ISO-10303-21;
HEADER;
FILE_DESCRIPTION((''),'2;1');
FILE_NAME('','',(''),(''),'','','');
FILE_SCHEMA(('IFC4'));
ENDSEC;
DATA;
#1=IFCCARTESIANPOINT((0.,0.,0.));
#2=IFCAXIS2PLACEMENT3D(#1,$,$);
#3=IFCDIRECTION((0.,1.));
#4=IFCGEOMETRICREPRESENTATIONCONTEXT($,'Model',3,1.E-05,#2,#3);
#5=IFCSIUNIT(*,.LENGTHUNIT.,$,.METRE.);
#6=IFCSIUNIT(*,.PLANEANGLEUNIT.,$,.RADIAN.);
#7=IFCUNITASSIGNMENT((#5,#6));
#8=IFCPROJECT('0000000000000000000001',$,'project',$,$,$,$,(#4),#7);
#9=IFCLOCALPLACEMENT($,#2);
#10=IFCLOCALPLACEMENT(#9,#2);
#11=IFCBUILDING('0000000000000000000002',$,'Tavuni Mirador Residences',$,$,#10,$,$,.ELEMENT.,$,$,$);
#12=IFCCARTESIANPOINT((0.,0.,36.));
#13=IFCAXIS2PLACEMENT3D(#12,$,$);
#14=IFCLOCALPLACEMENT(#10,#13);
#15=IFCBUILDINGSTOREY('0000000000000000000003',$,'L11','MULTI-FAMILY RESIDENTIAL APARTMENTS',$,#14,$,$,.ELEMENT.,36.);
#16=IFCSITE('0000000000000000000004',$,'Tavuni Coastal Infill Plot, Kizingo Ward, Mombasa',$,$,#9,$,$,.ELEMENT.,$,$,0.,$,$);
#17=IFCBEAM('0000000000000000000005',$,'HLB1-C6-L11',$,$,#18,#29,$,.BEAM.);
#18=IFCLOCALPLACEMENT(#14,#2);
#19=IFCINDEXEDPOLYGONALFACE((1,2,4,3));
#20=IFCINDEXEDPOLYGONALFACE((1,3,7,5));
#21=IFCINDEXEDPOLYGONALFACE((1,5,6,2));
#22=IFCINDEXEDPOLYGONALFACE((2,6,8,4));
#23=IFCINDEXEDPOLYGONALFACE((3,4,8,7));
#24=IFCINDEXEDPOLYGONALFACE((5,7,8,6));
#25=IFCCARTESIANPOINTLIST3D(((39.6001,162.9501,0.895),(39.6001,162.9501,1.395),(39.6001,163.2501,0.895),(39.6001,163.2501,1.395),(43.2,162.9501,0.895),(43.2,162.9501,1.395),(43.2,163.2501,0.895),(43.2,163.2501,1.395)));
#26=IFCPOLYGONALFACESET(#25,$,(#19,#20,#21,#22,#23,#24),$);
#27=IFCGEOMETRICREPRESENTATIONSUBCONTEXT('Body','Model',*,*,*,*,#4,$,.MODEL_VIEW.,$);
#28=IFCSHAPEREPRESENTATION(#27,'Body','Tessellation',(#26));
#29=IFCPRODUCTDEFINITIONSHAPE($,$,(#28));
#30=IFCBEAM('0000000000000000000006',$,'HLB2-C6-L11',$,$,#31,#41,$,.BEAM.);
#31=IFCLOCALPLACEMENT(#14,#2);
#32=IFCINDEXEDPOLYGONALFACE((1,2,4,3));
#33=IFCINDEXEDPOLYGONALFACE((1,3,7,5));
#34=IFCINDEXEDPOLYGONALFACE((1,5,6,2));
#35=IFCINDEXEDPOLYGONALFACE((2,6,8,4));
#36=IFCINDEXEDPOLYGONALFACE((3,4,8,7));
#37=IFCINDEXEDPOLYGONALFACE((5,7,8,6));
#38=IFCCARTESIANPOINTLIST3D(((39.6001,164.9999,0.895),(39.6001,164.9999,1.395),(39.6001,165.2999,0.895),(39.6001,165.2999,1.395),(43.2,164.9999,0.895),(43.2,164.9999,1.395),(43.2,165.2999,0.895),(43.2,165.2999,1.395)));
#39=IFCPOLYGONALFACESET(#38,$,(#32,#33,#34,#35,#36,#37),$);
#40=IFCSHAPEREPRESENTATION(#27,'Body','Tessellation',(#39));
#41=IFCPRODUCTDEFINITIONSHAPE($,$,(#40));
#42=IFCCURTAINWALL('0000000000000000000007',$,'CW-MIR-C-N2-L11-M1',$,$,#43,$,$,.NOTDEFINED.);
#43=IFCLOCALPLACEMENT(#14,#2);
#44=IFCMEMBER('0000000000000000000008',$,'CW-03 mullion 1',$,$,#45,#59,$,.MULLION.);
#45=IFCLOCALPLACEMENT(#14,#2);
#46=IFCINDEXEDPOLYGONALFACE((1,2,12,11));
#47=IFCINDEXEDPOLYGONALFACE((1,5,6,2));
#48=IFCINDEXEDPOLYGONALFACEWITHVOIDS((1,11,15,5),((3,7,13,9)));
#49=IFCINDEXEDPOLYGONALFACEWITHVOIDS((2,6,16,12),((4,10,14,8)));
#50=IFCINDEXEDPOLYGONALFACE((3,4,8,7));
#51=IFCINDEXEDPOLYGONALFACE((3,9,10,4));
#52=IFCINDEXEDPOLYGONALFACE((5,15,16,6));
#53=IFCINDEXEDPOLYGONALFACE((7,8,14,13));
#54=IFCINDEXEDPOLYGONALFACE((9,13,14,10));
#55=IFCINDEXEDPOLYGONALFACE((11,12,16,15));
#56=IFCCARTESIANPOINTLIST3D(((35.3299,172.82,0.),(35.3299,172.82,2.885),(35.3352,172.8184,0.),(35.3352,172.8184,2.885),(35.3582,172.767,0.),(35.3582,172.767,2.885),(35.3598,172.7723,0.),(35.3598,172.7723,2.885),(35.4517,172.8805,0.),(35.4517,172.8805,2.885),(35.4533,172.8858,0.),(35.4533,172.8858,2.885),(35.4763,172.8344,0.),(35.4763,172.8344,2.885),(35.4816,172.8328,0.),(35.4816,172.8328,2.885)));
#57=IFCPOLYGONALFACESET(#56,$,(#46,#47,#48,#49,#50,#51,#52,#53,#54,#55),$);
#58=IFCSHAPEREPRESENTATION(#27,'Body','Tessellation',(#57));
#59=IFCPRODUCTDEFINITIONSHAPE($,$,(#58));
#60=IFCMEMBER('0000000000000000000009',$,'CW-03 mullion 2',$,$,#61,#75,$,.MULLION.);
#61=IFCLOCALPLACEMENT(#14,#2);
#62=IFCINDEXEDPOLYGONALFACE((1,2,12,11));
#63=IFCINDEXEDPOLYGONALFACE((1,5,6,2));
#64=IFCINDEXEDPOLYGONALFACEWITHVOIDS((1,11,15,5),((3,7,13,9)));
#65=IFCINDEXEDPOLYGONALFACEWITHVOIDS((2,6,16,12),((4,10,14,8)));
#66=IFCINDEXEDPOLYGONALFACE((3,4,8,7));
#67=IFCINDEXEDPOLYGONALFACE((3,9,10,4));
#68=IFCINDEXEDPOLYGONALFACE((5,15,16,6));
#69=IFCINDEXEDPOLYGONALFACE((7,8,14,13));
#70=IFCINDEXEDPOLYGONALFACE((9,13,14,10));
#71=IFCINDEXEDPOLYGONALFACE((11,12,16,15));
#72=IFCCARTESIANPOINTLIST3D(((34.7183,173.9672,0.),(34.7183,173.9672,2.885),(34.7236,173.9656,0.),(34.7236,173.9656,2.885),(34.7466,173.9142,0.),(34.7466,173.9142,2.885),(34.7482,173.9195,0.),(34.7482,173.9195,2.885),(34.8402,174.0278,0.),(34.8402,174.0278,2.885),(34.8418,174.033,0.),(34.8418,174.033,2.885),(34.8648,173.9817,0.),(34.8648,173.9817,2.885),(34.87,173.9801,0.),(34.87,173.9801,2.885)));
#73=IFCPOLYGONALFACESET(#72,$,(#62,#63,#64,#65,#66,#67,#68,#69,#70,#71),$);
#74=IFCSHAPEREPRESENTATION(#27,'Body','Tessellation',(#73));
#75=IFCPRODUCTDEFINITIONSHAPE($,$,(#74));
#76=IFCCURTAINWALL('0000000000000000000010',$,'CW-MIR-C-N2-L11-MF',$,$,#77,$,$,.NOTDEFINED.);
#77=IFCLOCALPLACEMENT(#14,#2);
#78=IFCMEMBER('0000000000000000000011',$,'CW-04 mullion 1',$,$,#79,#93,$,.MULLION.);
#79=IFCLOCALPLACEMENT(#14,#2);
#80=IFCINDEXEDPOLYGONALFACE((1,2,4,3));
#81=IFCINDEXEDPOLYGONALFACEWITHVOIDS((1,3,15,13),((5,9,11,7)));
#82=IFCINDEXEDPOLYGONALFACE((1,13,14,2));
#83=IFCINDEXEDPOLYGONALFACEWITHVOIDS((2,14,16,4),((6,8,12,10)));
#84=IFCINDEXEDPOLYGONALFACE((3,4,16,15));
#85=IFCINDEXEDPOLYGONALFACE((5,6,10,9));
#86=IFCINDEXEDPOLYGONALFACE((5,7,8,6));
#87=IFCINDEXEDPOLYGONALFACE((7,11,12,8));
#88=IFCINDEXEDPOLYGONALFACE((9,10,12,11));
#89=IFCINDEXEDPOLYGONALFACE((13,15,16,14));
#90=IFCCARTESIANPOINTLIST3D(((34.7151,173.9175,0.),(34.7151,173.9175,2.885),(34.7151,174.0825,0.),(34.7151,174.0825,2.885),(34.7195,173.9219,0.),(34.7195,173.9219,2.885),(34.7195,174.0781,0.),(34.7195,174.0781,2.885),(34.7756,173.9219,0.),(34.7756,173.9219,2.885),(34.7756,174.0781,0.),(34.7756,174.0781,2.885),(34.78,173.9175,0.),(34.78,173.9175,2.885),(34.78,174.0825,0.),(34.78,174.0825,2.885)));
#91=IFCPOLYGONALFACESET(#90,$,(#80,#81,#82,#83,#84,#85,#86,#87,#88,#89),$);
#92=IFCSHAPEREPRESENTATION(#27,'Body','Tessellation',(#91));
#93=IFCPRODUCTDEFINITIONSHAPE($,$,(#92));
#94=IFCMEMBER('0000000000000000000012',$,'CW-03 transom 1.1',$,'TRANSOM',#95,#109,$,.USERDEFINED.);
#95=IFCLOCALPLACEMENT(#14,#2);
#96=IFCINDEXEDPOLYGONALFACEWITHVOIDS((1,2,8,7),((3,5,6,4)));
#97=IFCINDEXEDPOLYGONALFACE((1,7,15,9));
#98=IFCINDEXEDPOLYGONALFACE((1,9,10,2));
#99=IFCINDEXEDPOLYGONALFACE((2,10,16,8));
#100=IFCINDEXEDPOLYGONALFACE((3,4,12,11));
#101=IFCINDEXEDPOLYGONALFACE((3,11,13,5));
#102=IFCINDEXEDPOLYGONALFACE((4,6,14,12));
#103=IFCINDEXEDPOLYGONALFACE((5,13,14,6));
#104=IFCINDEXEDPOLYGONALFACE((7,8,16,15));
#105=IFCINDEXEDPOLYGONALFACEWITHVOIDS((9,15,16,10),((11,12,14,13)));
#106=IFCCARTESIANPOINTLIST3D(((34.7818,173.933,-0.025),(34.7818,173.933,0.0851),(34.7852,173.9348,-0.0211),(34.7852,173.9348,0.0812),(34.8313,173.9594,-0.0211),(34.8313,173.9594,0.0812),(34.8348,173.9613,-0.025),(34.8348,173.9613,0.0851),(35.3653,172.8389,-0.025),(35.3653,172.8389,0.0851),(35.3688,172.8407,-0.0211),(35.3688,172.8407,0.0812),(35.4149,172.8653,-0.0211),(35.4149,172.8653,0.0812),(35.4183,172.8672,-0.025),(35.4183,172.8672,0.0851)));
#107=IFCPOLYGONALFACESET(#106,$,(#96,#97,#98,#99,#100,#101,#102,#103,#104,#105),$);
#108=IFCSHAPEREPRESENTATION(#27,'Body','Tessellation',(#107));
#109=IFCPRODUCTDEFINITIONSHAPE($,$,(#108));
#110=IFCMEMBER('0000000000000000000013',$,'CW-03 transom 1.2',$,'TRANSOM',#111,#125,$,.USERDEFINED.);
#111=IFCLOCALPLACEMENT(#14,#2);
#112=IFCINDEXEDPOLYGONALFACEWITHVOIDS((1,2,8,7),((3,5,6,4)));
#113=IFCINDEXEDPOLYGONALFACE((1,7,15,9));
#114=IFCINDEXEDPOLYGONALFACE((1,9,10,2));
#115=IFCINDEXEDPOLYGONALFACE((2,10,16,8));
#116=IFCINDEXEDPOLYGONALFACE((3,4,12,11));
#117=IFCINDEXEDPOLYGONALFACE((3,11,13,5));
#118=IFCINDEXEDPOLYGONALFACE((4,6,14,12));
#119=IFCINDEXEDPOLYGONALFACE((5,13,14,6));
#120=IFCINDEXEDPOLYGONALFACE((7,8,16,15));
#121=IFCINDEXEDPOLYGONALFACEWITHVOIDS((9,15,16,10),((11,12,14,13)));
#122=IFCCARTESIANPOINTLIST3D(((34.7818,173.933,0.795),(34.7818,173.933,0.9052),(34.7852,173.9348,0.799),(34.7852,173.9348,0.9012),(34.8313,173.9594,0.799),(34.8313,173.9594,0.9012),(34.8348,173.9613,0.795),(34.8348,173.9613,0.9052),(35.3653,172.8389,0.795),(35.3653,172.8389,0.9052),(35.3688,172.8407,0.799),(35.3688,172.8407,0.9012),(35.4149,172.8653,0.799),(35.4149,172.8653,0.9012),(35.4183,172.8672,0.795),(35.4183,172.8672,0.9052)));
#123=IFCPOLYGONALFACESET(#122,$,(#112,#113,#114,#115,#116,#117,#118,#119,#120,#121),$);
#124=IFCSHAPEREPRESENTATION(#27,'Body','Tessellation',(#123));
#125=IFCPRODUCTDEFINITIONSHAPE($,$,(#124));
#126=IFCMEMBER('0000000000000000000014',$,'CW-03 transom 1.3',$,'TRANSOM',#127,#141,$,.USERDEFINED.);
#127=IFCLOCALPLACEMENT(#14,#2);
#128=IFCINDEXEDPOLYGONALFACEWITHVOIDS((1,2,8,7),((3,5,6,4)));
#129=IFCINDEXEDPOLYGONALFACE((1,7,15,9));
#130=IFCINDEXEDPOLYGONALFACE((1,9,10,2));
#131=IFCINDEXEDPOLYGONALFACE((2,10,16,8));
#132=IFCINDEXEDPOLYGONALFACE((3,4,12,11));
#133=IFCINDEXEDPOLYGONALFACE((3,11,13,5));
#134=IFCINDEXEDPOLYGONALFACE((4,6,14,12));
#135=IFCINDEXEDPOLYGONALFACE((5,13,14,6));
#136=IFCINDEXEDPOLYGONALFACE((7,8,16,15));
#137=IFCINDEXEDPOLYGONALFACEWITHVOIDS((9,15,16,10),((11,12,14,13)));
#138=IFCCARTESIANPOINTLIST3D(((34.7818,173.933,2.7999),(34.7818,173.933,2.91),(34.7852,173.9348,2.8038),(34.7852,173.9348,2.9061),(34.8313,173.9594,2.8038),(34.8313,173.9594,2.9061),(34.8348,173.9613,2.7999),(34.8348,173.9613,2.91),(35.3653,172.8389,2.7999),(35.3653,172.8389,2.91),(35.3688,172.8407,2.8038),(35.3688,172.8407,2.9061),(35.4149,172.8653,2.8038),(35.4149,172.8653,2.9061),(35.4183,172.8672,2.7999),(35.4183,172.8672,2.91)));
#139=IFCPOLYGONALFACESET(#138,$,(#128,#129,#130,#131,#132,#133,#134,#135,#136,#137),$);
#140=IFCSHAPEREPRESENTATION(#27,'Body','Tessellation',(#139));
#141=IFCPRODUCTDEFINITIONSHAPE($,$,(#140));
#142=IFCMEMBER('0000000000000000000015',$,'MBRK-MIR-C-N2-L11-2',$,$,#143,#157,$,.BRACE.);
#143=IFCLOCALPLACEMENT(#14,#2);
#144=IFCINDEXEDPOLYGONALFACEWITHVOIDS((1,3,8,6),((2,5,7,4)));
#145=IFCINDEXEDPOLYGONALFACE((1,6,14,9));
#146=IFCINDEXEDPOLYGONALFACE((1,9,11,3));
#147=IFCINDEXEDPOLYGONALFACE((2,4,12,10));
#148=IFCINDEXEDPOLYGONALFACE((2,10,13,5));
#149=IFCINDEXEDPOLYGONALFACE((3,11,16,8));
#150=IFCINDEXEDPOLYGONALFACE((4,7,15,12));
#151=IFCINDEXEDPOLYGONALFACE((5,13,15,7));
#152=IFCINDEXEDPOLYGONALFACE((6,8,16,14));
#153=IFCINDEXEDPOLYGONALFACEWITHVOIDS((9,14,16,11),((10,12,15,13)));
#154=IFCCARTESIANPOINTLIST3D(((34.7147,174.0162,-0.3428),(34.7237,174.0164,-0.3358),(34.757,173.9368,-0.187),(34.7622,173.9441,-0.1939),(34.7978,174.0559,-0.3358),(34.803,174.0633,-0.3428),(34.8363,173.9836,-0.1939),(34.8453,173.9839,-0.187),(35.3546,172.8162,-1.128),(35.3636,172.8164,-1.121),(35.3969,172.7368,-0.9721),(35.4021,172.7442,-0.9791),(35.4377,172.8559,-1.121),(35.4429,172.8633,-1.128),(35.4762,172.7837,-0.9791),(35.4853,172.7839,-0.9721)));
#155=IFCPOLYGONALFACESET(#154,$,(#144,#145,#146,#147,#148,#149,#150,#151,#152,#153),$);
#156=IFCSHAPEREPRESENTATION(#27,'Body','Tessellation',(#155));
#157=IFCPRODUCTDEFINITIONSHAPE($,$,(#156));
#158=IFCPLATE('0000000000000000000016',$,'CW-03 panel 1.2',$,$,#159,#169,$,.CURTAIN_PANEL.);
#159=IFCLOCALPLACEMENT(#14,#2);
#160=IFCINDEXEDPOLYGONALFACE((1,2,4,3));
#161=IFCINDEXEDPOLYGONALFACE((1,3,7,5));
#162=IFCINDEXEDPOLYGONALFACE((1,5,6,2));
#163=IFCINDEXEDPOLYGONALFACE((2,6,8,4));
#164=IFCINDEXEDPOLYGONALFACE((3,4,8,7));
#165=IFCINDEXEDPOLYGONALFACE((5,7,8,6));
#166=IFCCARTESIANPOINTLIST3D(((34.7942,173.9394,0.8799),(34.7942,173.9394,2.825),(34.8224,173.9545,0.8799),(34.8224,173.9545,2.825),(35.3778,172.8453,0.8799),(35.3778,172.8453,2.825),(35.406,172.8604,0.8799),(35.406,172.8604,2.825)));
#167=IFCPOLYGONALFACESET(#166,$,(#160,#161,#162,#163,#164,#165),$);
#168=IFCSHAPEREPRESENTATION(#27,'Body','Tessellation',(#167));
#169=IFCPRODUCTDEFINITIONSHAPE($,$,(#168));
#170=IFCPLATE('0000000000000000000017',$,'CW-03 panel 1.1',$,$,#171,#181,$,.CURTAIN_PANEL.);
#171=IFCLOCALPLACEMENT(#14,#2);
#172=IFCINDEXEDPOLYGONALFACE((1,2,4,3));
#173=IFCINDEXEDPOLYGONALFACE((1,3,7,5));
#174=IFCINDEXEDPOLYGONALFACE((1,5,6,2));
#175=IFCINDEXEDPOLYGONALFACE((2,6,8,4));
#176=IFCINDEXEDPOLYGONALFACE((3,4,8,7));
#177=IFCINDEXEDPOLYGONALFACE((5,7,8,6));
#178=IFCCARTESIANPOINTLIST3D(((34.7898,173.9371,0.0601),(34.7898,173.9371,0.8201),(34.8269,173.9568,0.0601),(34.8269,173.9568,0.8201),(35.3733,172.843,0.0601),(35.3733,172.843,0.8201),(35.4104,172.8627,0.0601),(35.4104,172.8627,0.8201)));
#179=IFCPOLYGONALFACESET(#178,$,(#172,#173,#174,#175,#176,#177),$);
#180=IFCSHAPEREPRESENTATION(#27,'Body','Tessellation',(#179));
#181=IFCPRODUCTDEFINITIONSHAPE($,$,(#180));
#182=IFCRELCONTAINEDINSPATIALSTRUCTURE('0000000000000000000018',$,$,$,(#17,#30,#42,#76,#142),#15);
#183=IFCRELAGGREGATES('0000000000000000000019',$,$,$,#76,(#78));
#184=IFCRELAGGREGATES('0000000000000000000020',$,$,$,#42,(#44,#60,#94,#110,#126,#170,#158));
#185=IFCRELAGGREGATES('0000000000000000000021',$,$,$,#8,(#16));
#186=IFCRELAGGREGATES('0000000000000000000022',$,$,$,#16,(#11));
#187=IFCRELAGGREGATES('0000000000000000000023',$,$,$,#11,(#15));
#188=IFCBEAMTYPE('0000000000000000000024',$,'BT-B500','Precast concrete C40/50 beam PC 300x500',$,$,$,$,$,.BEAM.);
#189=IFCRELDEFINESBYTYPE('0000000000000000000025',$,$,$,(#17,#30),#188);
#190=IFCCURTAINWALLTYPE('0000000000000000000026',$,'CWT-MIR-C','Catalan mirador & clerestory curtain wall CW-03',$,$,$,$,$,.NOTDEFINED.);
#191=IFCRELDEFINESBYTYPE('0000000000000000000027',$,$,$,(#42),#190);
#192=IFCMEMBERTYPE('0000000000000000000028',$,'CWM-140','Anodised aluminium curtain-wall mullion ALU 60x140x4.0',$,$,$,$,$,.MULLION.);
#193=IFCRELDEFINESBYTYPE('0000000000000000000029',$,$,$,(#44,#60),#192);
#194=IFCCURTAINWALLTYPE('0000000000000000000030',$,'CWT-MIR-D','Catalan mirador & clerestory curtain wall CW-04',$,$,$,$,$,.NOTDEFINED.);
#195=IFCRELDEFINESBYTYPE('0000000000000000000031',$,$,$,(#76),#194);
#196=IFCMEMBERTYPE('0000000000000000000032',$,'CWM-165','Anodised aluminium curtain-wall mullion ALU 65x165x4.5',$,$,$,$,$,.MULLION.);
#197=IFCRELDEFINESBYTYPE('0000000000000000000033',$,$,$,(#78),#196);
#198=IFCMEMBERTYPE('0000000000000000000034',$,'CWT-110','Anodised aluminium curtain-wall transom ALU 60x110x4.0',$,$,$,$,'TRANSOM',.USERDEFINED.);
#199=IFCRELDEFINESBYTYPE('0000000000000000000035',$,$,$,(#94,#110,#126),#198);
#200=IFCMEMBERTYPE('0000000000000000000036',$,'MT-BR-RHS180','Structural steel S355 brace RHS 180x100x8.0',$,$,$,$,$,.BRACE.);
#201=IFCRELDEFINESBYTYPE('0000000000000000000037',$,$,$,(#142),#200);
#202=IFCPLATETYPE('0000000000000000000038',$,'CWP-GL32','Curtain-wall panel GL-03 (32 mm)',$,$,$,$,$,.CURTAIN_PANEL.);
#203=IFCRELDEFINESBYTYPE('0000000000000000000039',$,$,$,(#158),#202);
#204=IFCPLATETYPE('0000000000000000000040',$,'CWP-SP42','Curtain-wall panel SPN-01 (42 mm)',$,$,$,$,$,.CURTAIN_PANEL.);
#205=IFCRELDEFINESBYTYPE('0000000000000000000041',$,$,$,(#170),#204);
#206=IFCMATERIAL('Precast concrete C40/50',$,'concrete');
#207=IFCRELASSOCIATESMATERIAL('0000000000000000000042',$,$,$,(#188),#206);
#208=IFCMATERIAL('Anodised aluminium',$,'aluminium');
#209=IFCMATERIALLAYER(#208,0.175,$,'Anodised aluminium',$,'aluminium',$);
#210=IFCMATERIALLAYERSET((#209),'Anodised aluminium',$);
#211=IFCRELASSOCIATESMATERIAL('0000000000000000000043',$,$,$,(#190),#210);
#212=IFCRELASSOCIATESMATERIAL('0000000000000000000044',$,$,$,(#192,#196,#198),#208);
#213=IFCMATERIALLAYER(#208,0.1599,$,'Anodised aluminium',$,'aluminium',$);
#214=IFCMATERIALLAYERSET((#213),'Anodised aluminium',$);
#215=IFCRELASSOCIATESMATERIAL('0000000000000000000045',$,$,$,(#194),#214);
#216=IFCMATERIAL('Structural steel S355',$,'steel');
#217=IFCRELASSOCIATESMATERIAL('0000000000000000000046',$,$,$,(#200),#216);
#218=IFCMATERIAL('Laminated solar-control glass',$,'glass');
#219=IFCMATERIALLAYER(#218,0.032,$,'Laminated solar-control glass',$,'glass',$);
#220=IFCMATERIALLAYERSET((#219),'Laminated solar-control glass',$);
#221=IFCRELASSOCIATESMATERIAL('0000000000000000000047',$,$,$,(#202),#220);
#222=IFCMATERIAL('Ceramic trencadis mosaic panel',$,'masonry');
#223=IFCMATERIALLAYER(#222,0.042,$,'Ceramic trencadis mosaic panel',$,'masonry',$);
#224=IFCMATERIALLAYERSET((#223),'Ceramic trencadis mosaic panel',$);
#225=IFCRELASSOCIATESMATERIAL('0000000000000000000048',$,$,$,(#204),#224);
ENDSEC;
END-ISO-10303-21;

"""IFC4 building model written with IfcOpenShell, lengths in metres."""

from ifc_helpers import new_model, si_unit, direction, frame, origin, origin_2d, place, context, subcontext, project, spatial, rectangle, hollow_rectangle, extrude, material, layer, layer_set, material_profile, profile_set, type_object, element, aggregate, save


model = new_model("IFC4")

# Units and contexts
model_context = context("Model", 3, precision=1e-05, world=origin(), true_north=direction((0.0, 1.0)))
body_context = subcontext(model_context, "Body", "Model", "MODEL_VIEW")
ifc_project = project(units=[si_unit("LENGTHUNIT", "METRE"), si_unit("PLANEANGLEUNIT", "RADIAN")], contexts=[model_context])

# Site, building, storey
site_placement = place(None, origin())
site = spatial("IfcSite", under=ifc_project, at=site_placement, Name="Tavuni Coastal Infill Plot, Kizingo Ward, Mombasa", CompositionType="ELEMENT", RefElevation=0.0)
building_placement = place(site_placement, origin())
building = spatial("IfcBuilding", under=site, at=building_placement, Name="Tavuni Mirador Residences", CompositionType="ELEMENT")
storey_placement = place(building_placement, frame((0.0, 0.0, 36.0)))
storey = spatial("IfcBuildingStorey", under=building, at=storey_placement, Name="L11", Description="MULTI-FAMILY RESIDENTIAL APARTMENTS", CompositionType="ELEMENT", Elevation=36.0)

# Beams
ifc_material_1 = material(Name="Precast concrete C40/50", Category="concrete")
ifc_material_profile_1 = material_profile(ifc_material_1, rectangle(XDim=0.3, YDim=0.5, at=origin_2d()), Name="PC 300x500", Category="concrete")
ifc_profile_set_1 = profile_set([ifc_material_profile_1], Name="Precast concrete C40/50")
beam_type = type_object("IfcBeamType", Name="BT-B500", Description="Precast concrete C40/50 beam PC 300x500", PredefinedType="BEAM", material=ifc_profile_set_1)
for number, where, z_axis, x_axis, name in (
    (1, (39.6001, 163.1001, 1.145), (1.0, 0.0, 0.0), (0.0, 1.0, 0.0), "HLB1-C6-L11"),
    (2, (39.6001, 165.1499, 1.145), (1.0, 0.0, 0.0), (0.0, 1.0, 0.0), "HLB2-C6-L11"),
):
    element("IfcBeam", number, at=place(storey_placement, frame(where, z_axis=z_axis, x_axis=x_axis)), inside=storey, type_object=beam_type, Name=name, PredefinedType="BEAM", context=body_context, shape_type="SweptSolid", body=[
        extrude(rectangle(XDim=0.3, YDim=0.5, at=origin_2d()), origin(), (0.0, 0.0, 1.0), 3.5999),
    ])

# Curtain wall, members
ifc_material_2 = material(Name="Anodised aluminium", Category="aluminium")
ifc_layer_1 = layer(ifc_material_2, 0.175, Name="Anodised aluminium", Category="aluminium")
ifc_layer_set_1 = layer_set([ifc_layer_1], Name="Anodised aluminium")
curtain_wall_type_1 = type_object("IfcCurtainWallType", Name="CWT-MIR-C", Description="Catalan mirador & clerestory curtain wall CW-03", PredefinedType="NOTDEFINED", material=ifc_layer_set_1)
curtain_wall_1_placement = place(storey_placement, origin())
curtain_wall_1 = element("IfcCurtainWall", 3, at=curtain_wall_1_placement, inside=storey, type_object=curtain_wall_type_1, Name="CW-MIR-C-N2-L11-M1", PredefinedType="NOTDEFINED")
ifc_material_profile_2 = material_profile(ifc_material_2, hollow_rectangle(XDim=0.0601, YDim=0.1399, WallThickness=0.0039, at=origin_2d()), Name="ALU 60x140x4.0", Category="aluminium")
ifc_profile_set_2 = profile_set([ifc_material_profile_2], Name="Anodised aluminium")
member_type_1 = type_object("IfcMemberType", Name="CWM-140", Description="Anodised aluminium curtain-wall mullion ALU 60x140x4.0", PredefinedType="MULLION", material=ifc_profile_set_2)
member_1_placement = place(storey_placement, frame((35.4058, 172.8264, 0.0), z_axis=(0.0, 0.0, 1.0), x_axis=(-0.470588, 0.882353, 0.0)))
member_1 = element("IfcMember", 4, at=member_1_placement, type_object=member_type_1, Name="CW-03 mullion 1", PredefinedType="MULLION", context=body_context, shape_type="SweptSolid", body=[
    extrude(hollow_rectangle(XDim=0.0601, YDim=0.1399, WallThickness=0.0039, at=origin_2d()), origin(), (0.0, 0.0, 1.0), 2.885),
])
member_2_placement = place(storey_placement, frame((34.7942, 173.9736, 0.0), z_axis=(0.0, 0.0, 1.0), x_axis=(-0.470588, 0.882353, 0.0)))
member_2 = element("IfcMember", 5, at=member_2_placement, type_object=member_type_1, Name="CW-03 mullion 2", PredefinedType="MULLION", context=body_context, shape_type="SweptSolid", body=[
    extrude(hollow_rectangle(XDim=0.0601, YDim=0.1399, WallThickness=0.0039, at=origin_2d()), origin(), (0.0, 0.0, 1.0), 2.885),
])

# Curtain wall, member
ifc_layer_2 = layer(ifc_material_2, 0.1599, Name="Anodised aluminium", Category="aluminium")
ifc_layer_set_2 = layer_set([ifc_layer_2], Name="Anodised aluminium")
curtain_wall_type_2 = type_object("IfcCurtainWallType", Name="CWT-MIR-D", Description="Catalan mirador & clerestory curtain wall CW-04", PredefinedType="NOTDEFINED", material=ifc_layer_set_2)
curtain_wall_2_placement = place(storey_placement, origin())
curtain_wall_2 = element("IfcCurtainWall", 6, at=curtain_wall_2_placement, inside=storey, type_object=curtain_wall_type_2, Name="CW-MIR-C-N2-L11-MF", PredefinedType="NOTDEFINED")
ifc_material_profile_3 = material_profile(ifc_material_2, hollow_rectangle(XDim=0.0649, YDim=0.165, WallThickness=0.0044, at=origin_2d()), Name="ALU 65x165x4.5", Category="aluminium")
ifc_profile_set_3 = profile_set([ifc_material_profile_3], Name="Anodised aluminium")
member_type_2 = type_object("IfcMemberType", Name="CWM-165", Description="Anodised aluminium curtain-wall mullion ALU 65x165x4.5", PredefinedType="MULLION", material=ifc_profile_set_3)
member_3_placement = place(storey_placement, frame((34.7476, 174.0, 0.0), z_axis=(0.0, 0.0, 1.0), x_axis=(-1.0, 0.0, 0.0)))
member_3 = element("IfcMember", 7, at=member_3_placement, type_object=member_type_2, Name="CW-04 mullion 1", PredefinedType="MULLION", context=body_context, shape_type="SweptSolid", body=[
    extrude(hollow_rectangle(XDim=0.0649, YDim=0.165, WallThickness=0.0044, at=origin_2d()), origin(), (0.0, 0.0, 1.0), 2.885),
])
aggregate(curtain_wall_2, [member_3])

# Members
ifc_material_profile_4 = material_profile(ifc_material_2, hollow_rectangle(XDim=0.0601, YDim=0.1101, WallThickness=0.0039, at=origin_2d()), Name="ALU 60x110x4.0", Category="aluminium")
ifc_profile_set_4 = profile_set([ifc_material_profile_4], Name="Anodised aluminium")
member_type_3 = type_object("IfcMemberType", Name="CWT-110", Description="Anodised aluminium curtain-wall transom ALU 60x110x4.0", ElementType="TRANSOM", PredefinedType="USERDEFINED", material=ifc_profile_set_4)
member_4_placement = place(storey_placement, frame((35.3918, 172.853, 0.03), z_axis=(-0.470609, 0.882342, 0.0), x_axis=(-0.882342, -0.470609, 0.0)))
member_4 = element("IfcMember", 8, at=member_4_placement, type_object=member_type_3, Name="CW-03 transom 1.1", ObjectType="TRANSOM", PredefinedType="USERDEFINED", context=body_context, shape_type="SweptSolid", body=[
    extrude(hollow_rectangle(XDim=0.0601, YDim=0.1101, WallThickness=0.0039, at=origin_2d()), origin(), (0.0, 0.0, 1.0), 1.24),
])
member_5_placement = place(storey_placement, frame((35.3918, 172.853, 0.8501), z_axis=(-0.470609, 0.882342, 0.0), x_axis=(-0.882342, -0.470609, 0.0)))
member_5 = element("IfcMember", 9, at=member_5_placement, type_object=member_type_3, Name="CW-03 transom 1.2", ObjectType="TRANSOM", PredefinedType="USERDEFINED", context=body_context, shape_type="SweptSolid", body=[
    extrude(hollow_rectangle(XDim=0.0601, YDim=0.1101, WallThickness=0.0039, at=origin_2d()), origin(), (0.0, 0.0, 1.0), 1.24),
])
member_6_placement = place(storey_placement, frame((35.3918, 172.853, 2.855), z_axis=(-0.470609, 0.882342, 0.0), x_axis=(-0.882342, -0.470609, 0.0)))
member_6 = element("IfcMember", 10, at=member_6_placement, type_object=member_type_3, Name="CW-03 transom 1.3", ObjectType="TRANSOM", PredefinedType="USERDEFINED", context=body_context, shape_type="SweptSolid", body=[
    extrude(hollow_rectangle(XDim=0.0601, YDim=0.1101, WallThickness=0.0039, at=origin_2d()), origin(), (0.0, 0.0, 1.0), 1.24),
])
ifc_material_3 = material(Name="Structural steel S355", Category="steel")
ifc_material_profile_5 = material_profile(ifc_material_3, hollow_rectangle(XDim=0.1001, YDim=0.1799, WallThickness=0.0081, at=origin_2d()), Name="RHS 180x100x8.0", Category="steel")
ifc_profile_set_5 = profile_set([ifc_material_profile_5], Name="Structural steel S355")
member_type_4 = type_object("IfcMemberType", Name="MT-BR-RHS180", Description="Structural steel S355 brace RHS 180x100x8.0", PredefinedType="BRACE", material=ifc_profile_set_5)
member_7_placement = place(storey_placement, frame((35.4199, 172.8, -1.05), z_axis=(-0.407499, 0.764158, 0.500007), x_axis=(-0.882378, -0.470542, 0.0)))
element("IfcMember", 11, at=member_7_placement, inside=storey, type_object=member_type_4, Name="MBRK-MIR-C-N2-L11-2", PredefinedType="BRACE", context=body_context, shape_type="SweptSolid", body=[
    extrude(hollow_rectangle(XDim=0.1001, YDim=0.1799, WallThickness=0.0081, at=origin_2d()), origin(), (0.0, 0.0, 1.0), 1.5703),
])

# Plates
ifc_material_4 = material(Name="Laminated solar-control glass", Category="glass")
ifc_layer_3 = layer(ifc_material_4, 0.032, Name="Laminated solar-control glass", Category="glass")
ifc_layer_set_3 = layer_set([ifc_layer_3], Name="Laminated solar-control glass")
plate_type_1 = type_object("IfcPlateType", Name="CWP-GL32", Description="Curtain-wall panel GL-03 (32 mm)", PredefinedType="CURTAIN_PANEL", material=ifc_layer_set_3)
plate_1_placement = place(storey_placement, frame((35.1001, 173.3999, 0.8799), z_axis=(0.0, 0.0, 1.0), x_axis=(-0.470588, 0.882353, 0.0)))
plate_1 = element("IfcPlate", 12, at=plate_1_placement, type_object=plate_type_1, Name="CW-03 panel 1.2", PredefinedType="CURTAIN_PANEL", context=body_context, shape_type="SweptSolid", body=[
    extrude(rectangle(XDim=1.24, YDim=0.032, at=origin_2d()), origin(), (0.0, 0.0, 1.0), 1.9451),
])
ifc_material_5 = material(Name="Ceramic trencadis mosaic panel", Category="masonry")
ifc_layer_4 = layer(ifc_material_5, 0.042, Name="Ceramic trencadis mosaic panel", Category="masonry")
ifc_layer_set_4 = layer_set([ifc_layer_4], Name="Ceramic trencadis mosaic panel")
plate_type_2 = type_object("IfcPlateType", Name="CWP-SP42", Description="Curtain-wall panel SPN-01 (42 mm)", PredefinedType="CURTAIN_PANEL", material=ifc_layer_set_4)
plate_2_placement = place(storey_placement, frame((35.1001, 173.3999, 0.0601), z_axis=(0.0, 0.0, 1.0), x_axis=(-0.470588, 0.882353, 0.0)))
plate_2 = element("IfcPlate", 13, at=plate_2_placement, type_object=plate_type_2, Name="CW-03 panel 1.1", PredefinedType="CURTAIN_PANEL", context=body_context, shape_type="SweptSolid", body=[
    extrude(rectangle(XDim=1.24, YDim=0.042, at=origin_2d()), origin(), (0.0, 0.0, 1.0), 0.76),
])
aggregate(curtain_wall_1, [member_1, member_2, member_4, member_5, member_6, plate_2, plate_1])

save(model, "model.ifc")
